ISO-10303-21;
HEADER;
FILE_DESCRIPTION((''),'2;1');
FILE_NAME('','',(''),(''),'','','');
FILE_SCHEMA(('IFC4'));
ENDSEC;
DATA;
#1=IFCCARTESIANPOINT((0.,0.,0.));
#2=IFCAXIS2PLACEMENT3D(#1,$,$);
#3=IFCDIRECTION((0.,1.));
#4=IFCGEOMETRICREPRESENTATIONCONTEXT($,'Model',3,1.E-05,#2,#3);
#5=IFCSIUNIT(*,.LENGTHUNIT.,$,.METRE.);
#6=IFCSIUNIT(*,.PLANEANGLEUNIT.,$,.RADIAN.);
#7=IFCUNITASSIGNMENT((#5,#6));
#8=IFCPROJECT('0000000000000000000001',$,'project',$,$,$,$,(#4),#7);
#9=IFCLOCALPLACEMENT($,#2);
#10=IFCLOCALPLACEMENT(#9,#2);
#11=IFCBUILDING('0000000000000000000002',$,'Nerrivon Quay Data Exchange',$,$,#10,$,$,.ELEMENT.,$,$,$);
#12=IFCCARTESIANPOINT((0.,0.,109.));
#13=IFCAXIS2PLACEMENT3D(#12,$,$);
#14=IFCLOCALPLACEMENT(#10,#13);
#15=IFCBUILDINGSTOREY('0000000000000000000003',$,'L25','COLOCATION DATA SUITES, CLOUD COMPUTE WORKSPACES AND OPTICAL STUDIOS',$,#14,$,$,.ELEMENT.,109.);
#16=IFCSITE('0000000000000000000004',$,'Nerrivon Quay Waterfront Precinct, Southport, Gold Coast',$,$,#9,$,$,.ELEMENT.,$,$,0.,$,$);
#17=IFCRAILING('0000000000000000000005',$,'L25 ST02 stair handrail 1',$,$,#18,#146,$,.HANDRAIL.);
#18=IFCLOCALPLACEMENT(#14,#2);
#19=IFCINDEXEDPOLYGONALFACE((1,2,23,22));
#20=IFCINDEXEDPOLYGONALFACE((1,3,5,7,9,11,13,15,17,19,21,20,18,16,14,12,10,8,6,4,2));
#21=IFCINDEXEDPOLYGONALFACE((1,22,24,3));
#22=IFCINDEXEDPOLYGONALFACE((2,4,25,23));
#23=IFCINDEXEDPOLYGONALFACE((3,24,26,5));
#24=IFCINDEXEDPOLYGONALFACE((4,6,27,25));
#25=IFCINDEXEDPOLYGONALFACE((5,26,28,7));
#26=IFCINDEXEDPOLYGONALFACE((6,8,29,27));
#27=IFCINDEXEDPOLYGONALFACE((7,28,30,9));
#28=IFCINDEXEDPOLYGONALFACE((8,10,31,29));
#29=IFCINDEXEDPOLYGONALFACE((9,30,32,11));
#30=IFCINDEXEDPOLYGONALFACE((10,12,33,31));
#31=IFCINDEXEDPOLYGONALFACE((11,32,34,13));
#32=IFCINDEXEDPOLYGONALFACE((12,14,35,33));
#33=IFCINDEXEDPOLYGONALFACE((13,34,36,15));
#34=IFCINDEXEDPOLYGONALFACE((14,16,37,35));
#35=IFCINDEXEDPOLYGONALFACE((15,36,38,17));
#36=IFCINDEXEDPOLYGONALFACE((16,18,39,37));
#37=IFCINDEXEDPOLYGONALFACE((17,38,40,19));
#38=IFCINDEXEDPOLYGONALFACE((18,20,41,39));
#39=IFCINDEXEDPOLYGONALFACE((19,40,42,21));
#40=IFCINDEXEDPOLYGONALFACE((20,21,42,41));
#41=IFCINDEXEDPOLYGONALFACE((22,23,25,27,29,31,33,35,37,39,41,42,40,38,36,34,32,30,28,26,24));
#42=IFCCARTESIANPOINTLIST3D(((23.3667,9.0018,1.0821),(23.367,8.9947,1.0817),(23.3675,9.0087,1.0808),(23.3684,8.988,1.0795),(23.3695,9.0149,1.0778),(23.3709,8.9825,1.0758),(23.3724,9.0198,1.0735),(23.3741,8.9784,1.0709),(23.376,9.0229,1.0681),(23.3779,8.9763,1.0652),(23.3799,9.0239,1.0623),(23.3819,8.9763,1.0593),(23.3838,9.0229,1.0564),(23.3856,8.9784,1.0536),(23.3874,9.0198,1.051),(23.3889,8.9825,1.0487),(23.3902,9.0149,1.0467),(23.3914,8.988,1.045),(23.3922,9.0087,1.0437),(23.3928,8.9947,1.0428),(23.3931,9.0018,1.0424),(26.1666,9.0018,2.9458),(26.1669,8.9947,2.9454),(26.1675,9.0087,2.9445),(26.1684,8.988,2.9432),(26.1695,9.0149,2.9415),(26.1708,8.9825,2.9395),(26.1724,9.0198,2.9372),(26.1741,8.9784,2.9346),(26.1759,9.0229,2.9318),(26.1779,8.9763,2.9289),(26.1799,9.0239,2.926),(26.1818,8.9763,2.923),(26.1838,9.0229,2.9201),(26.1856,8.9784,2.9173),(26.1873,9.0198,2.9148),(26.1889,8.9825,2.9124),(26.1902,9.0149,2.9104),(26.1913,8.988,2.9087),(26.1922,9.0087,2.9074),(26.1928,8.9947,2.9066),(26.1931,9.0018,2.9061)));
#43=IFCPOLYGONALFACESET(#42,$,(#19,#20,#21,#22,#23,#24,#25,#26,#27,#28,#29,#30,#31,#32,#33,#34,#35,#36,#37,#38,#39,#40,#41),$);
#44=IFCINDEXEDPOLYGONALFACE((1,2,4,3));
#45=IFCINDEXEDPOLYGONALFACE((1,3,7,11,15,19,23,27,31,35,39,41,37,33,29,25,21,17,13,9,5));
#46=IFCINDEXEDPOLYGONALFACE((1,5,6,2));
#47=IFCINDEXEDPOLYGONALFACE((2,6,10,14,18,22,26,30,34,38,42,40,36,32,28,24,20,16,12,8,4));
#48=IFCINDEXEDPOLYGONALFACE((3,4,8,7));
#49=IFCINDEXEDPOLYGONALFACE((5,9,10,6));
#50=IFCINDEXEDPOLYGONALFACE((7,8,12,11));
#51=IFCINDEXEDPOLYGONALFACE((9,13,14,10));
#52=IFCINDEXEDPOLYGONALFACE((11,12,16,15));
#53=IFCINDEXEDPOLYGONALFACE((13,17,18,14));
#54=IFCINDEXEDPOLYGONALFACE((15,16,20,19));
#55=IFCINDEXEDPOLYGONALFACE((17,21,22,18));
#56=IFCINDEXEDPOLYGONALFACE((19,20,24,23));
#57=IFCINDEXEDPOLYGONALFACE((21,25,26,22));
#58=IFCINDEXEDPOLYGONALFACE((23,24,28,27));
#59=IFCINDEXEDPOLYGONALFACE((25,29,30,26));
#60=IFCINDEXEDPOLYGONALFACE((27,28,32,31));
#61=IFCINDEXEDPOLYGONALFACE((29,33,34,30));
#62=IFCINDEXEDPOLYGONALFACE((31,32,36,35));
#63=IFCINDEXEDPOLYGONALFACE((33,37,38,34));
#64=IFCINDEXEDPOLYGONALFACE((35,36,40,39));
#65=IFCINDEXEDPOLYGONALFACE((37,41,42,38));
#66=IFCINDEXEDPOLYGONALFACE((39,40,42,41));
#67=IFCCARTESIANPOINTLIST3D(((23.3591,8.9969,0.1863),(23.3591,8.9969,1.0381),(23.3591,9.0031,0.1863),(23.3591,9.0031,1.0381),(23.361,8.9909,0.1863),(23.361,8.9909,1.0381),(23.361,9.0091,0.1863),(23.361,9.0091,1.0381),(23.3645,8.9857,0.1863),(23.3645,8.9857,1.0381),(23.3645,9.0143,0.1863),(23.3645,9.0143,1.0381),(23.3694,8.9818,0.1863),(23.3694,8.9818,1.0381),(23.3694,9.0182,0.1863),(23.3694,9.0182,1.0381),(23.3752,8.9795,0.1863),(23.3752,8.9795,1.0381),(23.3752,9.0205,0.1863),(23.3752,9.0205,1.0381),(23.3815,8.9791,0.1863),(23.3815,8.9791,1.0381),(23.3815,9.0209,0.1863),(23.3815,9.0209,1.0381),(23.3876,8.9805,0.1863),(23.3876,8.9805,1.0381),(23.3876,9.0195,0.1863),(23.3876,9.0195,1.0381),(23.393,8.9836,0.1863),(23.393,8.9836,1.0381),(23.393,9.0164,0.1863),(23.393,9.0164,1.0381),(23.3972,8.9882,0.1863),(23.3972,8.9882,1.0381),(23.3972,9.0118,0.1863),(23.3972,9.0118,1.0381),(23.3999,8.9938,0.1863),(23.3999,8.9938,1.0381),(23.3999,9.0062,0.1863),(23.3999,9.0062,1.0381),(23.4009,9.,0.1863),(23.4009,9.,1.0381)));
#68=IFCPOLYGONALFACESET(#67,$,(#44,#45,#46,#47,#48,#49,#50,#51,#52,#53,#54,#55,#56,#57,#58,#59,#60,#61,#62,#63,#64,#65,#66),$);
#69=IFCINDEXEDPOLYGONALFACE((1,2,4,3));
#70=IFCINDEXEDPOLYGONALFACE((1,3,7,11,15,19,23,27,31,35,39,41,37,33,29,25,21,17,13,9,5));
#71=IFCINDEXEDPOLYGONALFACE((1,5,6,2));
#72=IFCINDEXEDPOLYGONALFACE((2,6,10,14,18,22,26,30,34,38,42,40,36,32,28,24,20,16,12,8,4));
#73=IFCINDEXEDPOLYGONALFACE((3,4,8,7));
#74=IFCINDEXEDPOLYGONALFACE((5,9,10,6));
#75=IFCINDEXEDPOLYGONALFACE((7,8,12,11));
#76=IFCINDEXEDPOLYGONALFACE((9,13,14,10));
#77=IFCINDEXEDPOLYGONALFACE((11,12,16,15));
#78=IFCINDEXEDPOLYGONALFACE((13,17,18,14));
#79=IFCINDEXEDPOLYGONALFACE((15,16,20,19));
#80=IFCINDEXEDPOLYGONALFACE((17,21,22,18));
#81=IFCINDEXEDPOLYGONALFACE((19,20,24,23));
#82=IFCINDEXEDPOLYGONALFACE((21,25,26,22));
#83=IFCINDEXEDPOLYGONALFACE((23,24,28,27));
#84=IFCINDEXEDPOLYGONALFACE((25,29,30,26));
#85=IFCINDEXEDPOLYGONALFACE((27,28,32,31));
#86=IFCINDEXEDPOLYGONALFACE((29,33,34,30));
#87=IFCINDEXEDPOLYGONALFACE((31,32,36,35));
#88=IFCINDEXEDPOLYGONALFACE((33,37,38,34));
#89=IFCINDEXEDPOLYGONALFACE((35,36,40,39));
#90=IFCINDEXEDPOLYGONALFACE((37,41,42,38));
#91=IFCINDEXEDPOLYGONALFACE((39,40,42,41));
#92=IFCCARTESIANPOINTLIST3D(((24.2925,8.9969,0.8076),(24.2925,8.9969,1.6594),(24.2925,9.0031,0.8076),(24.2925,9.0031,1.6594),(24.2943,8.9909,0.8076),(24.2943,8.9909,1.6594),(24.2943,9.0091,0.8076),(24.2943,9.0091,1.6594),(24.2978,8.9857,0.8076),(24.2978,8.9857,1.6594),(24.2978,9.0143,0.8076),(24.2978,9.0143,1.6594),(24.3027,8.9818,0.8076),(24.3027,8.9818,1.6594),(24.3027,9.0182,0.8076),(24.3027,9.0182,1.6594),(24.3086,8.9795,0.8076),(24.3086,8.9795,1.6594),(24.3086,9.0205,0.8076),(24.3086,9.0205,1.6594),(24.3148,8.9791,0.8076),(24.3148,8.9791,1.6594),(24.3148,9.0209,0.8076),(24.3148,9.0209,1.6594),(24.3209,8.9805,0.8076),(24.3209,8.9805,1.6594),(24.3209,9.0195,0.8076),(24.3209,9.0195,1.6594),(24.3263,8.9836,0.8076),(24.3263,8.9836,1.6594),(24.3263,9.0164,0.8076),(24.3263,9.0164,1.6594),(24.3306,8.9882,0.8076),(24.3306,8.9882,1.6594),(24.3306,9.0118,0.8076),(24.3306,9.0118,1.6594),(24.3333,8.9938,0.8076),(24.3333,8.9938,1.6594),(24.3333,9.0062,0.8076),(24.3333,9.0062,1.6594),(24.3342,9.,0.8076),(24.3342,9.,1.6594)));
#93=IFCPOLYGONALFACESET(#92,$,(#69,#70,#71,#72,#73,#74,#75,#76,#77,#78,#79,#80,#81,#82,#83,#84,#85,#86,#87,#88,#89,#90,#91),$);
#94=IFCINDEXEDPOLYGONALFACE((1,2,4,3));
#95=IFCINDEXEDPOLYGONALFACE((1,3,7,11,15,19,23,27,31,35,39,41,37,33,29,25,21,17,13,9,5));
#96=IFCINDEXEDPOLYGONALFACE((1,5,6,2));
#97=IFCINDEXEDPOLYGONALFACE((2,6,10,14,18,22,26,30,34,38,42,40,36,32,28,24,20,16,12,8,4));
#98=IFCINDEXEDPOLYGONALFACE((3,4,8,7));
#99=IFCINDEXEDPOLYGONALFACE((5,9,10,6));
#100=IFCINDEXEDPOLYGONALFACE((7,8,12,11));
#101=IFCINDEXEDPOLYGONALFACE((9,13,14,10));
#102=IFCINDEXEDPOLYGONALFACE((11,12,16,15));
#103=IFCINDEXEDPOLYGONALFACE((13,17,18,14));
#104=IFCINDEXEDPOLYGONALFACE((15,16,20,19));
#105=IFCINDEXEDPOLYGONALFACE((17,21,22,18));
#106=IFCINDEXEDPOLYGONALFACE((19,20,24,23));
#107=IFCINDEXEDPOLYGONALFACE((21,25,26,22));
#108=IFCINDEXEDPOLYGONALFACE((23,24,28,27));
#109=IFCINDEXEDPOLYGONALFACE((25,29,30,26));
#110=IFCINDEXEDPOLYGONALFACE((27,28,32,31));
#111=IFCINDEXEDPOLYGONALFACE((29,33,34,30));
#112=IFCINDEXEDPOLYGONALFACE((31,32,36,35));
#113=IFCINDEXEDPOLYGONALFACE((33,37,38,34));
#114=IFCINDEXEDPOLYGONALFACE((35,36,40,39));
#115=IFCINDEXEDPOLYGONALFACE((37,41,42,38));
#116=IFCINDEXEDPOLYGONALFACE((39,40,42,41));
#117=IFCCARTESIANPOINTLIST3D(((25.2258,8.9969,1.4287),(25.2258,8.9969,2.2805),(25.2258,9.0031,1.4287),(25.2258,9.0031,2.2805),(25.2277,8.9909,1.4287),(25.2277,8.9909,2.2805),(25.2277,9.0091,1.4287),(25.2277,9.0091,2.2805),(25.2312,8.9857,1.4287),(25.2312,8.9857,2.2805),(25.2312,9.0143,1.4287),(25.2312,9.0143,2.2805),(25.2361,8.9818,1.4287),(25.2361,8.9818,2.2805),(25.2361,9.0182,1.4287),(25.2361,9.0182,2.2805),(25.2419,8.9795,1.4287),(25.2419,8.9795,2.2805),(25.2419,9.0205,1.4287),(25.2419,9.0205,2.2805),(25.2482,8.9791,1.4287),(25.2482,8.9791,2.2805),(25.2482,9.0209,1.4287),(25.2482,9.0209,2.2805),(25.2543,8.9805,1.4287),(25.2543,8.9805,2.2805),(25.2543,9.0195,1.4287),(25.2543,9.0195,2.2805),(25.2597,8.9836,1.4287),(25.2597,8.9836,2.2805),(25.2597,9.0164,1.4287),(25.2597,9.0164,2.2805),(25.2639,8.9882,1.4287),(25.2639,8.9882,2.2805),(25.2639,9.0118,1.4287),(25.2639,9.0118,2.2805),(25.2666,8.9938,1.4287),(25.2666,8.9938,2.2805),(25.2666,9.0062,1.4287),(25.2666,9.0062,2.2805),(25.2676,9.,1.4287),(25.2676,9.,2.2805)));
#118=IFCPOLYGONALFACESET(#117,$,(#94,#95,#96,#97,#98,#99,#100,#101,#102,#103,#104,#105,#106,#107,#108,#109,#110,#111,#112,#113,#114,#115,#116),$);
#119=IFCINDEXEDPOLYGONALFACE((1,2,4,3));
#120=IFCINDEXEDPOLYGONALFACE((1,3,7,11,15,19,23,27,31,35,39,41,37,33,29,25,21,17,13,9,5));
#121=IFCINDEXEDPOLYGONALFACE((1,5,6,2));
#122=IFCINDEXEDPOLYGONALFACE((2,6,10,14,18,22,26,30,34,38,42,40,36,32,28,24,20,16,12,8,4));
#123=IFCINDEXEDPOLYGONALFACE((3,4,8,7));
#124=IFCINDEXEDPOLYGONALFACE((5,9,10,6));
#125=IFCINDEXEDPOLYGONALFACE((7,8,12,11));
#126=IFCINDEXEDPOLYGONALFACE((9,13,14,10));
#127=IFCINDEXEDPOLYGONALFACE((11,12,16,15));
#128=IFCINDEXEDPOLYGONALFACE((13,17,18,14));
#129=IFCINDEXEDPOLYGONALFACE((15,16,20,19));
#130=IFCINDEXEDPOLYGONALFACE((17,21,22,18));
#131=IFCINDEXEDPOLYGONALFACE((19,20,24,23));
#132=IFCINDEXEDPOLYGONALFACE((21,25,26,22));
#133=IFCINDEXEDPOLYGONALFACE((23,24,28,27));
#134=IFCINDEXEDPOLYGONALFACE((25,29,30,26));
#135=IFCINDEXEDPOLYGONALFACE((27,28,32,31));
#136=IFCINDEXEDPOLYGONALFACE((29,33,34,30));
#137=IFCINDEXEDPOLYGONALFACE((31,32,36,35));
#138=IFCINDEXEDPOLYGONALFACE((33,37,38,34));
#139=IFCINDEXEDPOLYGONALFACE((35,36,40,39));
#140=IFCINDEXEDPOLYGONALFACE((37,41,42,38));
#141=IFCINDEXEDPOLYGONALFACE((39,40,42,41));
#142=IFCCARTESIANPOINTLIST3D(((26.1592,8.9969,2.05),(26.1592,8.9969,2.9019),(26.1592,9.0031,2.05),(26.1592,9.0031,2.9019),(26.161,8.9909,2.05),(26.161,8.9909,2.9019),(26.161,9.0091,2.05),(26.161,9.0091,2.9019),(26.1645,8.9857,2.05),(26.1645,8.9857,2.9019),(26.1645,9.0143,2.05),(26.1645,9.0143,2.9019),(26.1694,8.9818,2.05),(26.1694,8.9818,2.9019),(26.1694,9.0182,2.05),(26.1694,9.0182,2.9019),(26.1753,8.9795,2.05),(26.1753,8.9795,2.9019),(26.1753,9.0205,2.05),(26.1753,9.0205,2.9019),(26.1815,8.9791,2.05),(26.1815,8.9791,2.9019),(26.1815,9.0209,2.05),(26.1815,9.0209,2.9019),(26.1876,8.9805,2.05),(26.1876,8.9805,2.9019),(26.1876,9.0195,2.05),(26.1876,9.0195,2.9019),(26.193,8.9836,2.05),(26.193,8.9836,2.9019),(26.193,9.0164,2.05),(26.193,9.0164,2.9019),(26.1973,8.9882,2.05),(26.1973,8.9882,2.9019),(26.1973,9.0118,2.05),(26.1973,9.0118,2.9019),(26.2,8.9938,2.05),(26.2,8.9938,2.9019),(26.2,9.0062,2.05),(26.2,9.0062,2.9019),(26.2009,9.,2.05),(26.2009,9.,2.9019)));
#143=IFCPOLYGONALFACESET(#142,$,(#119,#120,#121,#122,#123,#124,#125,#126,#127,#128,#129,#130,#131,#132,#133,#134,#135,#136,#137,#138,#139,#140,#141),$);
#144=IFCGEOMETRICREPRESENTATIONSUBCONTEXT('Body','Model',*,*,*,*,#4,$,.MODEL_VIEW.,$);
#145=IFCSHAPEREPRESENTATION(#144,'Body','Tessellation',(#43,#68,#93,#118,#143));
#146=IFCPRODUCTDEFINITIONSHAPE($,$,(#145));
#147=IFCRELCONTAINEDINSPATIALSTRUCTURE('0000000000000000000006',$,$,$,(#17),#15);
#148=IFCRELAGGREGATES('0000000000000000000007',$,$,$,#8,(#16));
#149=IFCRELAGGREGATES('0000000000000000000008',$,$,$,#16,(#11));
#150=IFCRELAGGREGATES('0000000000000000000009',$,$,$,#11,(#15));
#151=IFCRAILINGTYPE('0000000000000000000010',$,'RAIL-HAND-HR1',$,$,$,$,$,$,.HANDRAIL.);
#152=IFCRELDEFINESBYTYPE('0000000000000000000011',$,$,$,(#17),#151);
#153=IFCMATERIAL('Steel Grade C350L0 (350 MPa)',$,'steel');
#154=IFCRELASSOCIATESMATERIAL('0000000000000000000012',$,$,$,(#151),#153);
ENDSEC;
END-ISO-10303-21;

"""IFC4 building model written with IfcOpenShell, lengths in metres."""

from ifc_helpers import new_model, si_unit, direction, frame, origin, origin_2d, place, context, subcontext, project, spatial, circle, extrude, material, type_object, element, save


model = new_model("IFC4")

# Units and contexts
model_context = context("Model", 3, precision=1e-05, world=origin(), true_north=direction((0.0, 1.0)))
body_context = subcontext(model_context, "Body", "Model", "MODEL_VIEW")
ifc_project = project(units=[si_unit("LENGTHUNIT", "METRE"), si_unit("PLANEANGLEUNIT", "RADIAN")], contexts=[model_context])

# Site, building, storey
site_placement = place(None, origin())
site = spatial("IfcSite", under=ifc_project, at=site_placement, Name="Nerrivon Quay Waterfront Precinct, Southport, Gold Coast", CompositionType="ELEMENT", RefElevation=0.0)
building_placement = place(site_placement, origin())
building = spatial("IfcBuilding", under=site, at=building_placement, Name="Nerrivon Quay Data Exchange", CompositionType="ELEMENT")
storey_placement = place(building_placement, frame((0.0, 0.0, 109.0)))
storey = spatial("IfcBuildingStorey", under=building, at=storey_placement, Name="L25", Description="COLOCATION DATA SUITES, CLOUD COMPUTE WORKSPACES AND OPTICAL STUDIOS", CompositionType="ELEMENT", Elevation=109.0)

# Railing
ifc_material_1 = material(Name="Steel Grade C350L0 (350 MPa)", Category="steel")
railing_type_1 = type_object("IfcRailingType", Name="RAIL-HAND-HR1", PredefinedType="HANDRAIL", material=ifc_material_1)
railing_1_placement = place(storey_placement, frame((23.3799, 9.0, 0.1863)))
element("IfcRailing", 1, at=railing_1_placement, inside=storey, type_object=railing_type_1, Name="L25 ST02 stair handrail 1", PredefinedType="HANDRAIL", context=body_context, shape_type="SweptSolid", body=[
    extrude(circle(Radius=0.0239, at=origin_2d()), frame((0.0, 0.0, 0.876), z_axis=(0.832452, 0.0, 0.554097), x_axis=(0.0, 1.0, 0.0)), (0.0, 0.0, 1.0), 3.3635),
    extrude(circle(Radius=0.021, at=origin_2d()), origin(), (0.0, 0.0, 1.0), 0.8518),
    extrude(circle(Radius=0.021, at=origin_2d()), frame((0.9333, 0.0, 0.6213)), (0.0, 0.0, 1.0), 0.8518),
    extrude(circle(Radius=0.021, at=origin_2d()), frame((1.8667, 0.0, 1.2424)), (0.0, 0.0, 1.0), 0.8518),
    extrude(circle(Radius=0.021, at=origin_2d()), frame((2.8, 0.0, 1.8638)), (0.0, 0.0, 1.0), 0.8518),
])

save(model, "model.ifc")
